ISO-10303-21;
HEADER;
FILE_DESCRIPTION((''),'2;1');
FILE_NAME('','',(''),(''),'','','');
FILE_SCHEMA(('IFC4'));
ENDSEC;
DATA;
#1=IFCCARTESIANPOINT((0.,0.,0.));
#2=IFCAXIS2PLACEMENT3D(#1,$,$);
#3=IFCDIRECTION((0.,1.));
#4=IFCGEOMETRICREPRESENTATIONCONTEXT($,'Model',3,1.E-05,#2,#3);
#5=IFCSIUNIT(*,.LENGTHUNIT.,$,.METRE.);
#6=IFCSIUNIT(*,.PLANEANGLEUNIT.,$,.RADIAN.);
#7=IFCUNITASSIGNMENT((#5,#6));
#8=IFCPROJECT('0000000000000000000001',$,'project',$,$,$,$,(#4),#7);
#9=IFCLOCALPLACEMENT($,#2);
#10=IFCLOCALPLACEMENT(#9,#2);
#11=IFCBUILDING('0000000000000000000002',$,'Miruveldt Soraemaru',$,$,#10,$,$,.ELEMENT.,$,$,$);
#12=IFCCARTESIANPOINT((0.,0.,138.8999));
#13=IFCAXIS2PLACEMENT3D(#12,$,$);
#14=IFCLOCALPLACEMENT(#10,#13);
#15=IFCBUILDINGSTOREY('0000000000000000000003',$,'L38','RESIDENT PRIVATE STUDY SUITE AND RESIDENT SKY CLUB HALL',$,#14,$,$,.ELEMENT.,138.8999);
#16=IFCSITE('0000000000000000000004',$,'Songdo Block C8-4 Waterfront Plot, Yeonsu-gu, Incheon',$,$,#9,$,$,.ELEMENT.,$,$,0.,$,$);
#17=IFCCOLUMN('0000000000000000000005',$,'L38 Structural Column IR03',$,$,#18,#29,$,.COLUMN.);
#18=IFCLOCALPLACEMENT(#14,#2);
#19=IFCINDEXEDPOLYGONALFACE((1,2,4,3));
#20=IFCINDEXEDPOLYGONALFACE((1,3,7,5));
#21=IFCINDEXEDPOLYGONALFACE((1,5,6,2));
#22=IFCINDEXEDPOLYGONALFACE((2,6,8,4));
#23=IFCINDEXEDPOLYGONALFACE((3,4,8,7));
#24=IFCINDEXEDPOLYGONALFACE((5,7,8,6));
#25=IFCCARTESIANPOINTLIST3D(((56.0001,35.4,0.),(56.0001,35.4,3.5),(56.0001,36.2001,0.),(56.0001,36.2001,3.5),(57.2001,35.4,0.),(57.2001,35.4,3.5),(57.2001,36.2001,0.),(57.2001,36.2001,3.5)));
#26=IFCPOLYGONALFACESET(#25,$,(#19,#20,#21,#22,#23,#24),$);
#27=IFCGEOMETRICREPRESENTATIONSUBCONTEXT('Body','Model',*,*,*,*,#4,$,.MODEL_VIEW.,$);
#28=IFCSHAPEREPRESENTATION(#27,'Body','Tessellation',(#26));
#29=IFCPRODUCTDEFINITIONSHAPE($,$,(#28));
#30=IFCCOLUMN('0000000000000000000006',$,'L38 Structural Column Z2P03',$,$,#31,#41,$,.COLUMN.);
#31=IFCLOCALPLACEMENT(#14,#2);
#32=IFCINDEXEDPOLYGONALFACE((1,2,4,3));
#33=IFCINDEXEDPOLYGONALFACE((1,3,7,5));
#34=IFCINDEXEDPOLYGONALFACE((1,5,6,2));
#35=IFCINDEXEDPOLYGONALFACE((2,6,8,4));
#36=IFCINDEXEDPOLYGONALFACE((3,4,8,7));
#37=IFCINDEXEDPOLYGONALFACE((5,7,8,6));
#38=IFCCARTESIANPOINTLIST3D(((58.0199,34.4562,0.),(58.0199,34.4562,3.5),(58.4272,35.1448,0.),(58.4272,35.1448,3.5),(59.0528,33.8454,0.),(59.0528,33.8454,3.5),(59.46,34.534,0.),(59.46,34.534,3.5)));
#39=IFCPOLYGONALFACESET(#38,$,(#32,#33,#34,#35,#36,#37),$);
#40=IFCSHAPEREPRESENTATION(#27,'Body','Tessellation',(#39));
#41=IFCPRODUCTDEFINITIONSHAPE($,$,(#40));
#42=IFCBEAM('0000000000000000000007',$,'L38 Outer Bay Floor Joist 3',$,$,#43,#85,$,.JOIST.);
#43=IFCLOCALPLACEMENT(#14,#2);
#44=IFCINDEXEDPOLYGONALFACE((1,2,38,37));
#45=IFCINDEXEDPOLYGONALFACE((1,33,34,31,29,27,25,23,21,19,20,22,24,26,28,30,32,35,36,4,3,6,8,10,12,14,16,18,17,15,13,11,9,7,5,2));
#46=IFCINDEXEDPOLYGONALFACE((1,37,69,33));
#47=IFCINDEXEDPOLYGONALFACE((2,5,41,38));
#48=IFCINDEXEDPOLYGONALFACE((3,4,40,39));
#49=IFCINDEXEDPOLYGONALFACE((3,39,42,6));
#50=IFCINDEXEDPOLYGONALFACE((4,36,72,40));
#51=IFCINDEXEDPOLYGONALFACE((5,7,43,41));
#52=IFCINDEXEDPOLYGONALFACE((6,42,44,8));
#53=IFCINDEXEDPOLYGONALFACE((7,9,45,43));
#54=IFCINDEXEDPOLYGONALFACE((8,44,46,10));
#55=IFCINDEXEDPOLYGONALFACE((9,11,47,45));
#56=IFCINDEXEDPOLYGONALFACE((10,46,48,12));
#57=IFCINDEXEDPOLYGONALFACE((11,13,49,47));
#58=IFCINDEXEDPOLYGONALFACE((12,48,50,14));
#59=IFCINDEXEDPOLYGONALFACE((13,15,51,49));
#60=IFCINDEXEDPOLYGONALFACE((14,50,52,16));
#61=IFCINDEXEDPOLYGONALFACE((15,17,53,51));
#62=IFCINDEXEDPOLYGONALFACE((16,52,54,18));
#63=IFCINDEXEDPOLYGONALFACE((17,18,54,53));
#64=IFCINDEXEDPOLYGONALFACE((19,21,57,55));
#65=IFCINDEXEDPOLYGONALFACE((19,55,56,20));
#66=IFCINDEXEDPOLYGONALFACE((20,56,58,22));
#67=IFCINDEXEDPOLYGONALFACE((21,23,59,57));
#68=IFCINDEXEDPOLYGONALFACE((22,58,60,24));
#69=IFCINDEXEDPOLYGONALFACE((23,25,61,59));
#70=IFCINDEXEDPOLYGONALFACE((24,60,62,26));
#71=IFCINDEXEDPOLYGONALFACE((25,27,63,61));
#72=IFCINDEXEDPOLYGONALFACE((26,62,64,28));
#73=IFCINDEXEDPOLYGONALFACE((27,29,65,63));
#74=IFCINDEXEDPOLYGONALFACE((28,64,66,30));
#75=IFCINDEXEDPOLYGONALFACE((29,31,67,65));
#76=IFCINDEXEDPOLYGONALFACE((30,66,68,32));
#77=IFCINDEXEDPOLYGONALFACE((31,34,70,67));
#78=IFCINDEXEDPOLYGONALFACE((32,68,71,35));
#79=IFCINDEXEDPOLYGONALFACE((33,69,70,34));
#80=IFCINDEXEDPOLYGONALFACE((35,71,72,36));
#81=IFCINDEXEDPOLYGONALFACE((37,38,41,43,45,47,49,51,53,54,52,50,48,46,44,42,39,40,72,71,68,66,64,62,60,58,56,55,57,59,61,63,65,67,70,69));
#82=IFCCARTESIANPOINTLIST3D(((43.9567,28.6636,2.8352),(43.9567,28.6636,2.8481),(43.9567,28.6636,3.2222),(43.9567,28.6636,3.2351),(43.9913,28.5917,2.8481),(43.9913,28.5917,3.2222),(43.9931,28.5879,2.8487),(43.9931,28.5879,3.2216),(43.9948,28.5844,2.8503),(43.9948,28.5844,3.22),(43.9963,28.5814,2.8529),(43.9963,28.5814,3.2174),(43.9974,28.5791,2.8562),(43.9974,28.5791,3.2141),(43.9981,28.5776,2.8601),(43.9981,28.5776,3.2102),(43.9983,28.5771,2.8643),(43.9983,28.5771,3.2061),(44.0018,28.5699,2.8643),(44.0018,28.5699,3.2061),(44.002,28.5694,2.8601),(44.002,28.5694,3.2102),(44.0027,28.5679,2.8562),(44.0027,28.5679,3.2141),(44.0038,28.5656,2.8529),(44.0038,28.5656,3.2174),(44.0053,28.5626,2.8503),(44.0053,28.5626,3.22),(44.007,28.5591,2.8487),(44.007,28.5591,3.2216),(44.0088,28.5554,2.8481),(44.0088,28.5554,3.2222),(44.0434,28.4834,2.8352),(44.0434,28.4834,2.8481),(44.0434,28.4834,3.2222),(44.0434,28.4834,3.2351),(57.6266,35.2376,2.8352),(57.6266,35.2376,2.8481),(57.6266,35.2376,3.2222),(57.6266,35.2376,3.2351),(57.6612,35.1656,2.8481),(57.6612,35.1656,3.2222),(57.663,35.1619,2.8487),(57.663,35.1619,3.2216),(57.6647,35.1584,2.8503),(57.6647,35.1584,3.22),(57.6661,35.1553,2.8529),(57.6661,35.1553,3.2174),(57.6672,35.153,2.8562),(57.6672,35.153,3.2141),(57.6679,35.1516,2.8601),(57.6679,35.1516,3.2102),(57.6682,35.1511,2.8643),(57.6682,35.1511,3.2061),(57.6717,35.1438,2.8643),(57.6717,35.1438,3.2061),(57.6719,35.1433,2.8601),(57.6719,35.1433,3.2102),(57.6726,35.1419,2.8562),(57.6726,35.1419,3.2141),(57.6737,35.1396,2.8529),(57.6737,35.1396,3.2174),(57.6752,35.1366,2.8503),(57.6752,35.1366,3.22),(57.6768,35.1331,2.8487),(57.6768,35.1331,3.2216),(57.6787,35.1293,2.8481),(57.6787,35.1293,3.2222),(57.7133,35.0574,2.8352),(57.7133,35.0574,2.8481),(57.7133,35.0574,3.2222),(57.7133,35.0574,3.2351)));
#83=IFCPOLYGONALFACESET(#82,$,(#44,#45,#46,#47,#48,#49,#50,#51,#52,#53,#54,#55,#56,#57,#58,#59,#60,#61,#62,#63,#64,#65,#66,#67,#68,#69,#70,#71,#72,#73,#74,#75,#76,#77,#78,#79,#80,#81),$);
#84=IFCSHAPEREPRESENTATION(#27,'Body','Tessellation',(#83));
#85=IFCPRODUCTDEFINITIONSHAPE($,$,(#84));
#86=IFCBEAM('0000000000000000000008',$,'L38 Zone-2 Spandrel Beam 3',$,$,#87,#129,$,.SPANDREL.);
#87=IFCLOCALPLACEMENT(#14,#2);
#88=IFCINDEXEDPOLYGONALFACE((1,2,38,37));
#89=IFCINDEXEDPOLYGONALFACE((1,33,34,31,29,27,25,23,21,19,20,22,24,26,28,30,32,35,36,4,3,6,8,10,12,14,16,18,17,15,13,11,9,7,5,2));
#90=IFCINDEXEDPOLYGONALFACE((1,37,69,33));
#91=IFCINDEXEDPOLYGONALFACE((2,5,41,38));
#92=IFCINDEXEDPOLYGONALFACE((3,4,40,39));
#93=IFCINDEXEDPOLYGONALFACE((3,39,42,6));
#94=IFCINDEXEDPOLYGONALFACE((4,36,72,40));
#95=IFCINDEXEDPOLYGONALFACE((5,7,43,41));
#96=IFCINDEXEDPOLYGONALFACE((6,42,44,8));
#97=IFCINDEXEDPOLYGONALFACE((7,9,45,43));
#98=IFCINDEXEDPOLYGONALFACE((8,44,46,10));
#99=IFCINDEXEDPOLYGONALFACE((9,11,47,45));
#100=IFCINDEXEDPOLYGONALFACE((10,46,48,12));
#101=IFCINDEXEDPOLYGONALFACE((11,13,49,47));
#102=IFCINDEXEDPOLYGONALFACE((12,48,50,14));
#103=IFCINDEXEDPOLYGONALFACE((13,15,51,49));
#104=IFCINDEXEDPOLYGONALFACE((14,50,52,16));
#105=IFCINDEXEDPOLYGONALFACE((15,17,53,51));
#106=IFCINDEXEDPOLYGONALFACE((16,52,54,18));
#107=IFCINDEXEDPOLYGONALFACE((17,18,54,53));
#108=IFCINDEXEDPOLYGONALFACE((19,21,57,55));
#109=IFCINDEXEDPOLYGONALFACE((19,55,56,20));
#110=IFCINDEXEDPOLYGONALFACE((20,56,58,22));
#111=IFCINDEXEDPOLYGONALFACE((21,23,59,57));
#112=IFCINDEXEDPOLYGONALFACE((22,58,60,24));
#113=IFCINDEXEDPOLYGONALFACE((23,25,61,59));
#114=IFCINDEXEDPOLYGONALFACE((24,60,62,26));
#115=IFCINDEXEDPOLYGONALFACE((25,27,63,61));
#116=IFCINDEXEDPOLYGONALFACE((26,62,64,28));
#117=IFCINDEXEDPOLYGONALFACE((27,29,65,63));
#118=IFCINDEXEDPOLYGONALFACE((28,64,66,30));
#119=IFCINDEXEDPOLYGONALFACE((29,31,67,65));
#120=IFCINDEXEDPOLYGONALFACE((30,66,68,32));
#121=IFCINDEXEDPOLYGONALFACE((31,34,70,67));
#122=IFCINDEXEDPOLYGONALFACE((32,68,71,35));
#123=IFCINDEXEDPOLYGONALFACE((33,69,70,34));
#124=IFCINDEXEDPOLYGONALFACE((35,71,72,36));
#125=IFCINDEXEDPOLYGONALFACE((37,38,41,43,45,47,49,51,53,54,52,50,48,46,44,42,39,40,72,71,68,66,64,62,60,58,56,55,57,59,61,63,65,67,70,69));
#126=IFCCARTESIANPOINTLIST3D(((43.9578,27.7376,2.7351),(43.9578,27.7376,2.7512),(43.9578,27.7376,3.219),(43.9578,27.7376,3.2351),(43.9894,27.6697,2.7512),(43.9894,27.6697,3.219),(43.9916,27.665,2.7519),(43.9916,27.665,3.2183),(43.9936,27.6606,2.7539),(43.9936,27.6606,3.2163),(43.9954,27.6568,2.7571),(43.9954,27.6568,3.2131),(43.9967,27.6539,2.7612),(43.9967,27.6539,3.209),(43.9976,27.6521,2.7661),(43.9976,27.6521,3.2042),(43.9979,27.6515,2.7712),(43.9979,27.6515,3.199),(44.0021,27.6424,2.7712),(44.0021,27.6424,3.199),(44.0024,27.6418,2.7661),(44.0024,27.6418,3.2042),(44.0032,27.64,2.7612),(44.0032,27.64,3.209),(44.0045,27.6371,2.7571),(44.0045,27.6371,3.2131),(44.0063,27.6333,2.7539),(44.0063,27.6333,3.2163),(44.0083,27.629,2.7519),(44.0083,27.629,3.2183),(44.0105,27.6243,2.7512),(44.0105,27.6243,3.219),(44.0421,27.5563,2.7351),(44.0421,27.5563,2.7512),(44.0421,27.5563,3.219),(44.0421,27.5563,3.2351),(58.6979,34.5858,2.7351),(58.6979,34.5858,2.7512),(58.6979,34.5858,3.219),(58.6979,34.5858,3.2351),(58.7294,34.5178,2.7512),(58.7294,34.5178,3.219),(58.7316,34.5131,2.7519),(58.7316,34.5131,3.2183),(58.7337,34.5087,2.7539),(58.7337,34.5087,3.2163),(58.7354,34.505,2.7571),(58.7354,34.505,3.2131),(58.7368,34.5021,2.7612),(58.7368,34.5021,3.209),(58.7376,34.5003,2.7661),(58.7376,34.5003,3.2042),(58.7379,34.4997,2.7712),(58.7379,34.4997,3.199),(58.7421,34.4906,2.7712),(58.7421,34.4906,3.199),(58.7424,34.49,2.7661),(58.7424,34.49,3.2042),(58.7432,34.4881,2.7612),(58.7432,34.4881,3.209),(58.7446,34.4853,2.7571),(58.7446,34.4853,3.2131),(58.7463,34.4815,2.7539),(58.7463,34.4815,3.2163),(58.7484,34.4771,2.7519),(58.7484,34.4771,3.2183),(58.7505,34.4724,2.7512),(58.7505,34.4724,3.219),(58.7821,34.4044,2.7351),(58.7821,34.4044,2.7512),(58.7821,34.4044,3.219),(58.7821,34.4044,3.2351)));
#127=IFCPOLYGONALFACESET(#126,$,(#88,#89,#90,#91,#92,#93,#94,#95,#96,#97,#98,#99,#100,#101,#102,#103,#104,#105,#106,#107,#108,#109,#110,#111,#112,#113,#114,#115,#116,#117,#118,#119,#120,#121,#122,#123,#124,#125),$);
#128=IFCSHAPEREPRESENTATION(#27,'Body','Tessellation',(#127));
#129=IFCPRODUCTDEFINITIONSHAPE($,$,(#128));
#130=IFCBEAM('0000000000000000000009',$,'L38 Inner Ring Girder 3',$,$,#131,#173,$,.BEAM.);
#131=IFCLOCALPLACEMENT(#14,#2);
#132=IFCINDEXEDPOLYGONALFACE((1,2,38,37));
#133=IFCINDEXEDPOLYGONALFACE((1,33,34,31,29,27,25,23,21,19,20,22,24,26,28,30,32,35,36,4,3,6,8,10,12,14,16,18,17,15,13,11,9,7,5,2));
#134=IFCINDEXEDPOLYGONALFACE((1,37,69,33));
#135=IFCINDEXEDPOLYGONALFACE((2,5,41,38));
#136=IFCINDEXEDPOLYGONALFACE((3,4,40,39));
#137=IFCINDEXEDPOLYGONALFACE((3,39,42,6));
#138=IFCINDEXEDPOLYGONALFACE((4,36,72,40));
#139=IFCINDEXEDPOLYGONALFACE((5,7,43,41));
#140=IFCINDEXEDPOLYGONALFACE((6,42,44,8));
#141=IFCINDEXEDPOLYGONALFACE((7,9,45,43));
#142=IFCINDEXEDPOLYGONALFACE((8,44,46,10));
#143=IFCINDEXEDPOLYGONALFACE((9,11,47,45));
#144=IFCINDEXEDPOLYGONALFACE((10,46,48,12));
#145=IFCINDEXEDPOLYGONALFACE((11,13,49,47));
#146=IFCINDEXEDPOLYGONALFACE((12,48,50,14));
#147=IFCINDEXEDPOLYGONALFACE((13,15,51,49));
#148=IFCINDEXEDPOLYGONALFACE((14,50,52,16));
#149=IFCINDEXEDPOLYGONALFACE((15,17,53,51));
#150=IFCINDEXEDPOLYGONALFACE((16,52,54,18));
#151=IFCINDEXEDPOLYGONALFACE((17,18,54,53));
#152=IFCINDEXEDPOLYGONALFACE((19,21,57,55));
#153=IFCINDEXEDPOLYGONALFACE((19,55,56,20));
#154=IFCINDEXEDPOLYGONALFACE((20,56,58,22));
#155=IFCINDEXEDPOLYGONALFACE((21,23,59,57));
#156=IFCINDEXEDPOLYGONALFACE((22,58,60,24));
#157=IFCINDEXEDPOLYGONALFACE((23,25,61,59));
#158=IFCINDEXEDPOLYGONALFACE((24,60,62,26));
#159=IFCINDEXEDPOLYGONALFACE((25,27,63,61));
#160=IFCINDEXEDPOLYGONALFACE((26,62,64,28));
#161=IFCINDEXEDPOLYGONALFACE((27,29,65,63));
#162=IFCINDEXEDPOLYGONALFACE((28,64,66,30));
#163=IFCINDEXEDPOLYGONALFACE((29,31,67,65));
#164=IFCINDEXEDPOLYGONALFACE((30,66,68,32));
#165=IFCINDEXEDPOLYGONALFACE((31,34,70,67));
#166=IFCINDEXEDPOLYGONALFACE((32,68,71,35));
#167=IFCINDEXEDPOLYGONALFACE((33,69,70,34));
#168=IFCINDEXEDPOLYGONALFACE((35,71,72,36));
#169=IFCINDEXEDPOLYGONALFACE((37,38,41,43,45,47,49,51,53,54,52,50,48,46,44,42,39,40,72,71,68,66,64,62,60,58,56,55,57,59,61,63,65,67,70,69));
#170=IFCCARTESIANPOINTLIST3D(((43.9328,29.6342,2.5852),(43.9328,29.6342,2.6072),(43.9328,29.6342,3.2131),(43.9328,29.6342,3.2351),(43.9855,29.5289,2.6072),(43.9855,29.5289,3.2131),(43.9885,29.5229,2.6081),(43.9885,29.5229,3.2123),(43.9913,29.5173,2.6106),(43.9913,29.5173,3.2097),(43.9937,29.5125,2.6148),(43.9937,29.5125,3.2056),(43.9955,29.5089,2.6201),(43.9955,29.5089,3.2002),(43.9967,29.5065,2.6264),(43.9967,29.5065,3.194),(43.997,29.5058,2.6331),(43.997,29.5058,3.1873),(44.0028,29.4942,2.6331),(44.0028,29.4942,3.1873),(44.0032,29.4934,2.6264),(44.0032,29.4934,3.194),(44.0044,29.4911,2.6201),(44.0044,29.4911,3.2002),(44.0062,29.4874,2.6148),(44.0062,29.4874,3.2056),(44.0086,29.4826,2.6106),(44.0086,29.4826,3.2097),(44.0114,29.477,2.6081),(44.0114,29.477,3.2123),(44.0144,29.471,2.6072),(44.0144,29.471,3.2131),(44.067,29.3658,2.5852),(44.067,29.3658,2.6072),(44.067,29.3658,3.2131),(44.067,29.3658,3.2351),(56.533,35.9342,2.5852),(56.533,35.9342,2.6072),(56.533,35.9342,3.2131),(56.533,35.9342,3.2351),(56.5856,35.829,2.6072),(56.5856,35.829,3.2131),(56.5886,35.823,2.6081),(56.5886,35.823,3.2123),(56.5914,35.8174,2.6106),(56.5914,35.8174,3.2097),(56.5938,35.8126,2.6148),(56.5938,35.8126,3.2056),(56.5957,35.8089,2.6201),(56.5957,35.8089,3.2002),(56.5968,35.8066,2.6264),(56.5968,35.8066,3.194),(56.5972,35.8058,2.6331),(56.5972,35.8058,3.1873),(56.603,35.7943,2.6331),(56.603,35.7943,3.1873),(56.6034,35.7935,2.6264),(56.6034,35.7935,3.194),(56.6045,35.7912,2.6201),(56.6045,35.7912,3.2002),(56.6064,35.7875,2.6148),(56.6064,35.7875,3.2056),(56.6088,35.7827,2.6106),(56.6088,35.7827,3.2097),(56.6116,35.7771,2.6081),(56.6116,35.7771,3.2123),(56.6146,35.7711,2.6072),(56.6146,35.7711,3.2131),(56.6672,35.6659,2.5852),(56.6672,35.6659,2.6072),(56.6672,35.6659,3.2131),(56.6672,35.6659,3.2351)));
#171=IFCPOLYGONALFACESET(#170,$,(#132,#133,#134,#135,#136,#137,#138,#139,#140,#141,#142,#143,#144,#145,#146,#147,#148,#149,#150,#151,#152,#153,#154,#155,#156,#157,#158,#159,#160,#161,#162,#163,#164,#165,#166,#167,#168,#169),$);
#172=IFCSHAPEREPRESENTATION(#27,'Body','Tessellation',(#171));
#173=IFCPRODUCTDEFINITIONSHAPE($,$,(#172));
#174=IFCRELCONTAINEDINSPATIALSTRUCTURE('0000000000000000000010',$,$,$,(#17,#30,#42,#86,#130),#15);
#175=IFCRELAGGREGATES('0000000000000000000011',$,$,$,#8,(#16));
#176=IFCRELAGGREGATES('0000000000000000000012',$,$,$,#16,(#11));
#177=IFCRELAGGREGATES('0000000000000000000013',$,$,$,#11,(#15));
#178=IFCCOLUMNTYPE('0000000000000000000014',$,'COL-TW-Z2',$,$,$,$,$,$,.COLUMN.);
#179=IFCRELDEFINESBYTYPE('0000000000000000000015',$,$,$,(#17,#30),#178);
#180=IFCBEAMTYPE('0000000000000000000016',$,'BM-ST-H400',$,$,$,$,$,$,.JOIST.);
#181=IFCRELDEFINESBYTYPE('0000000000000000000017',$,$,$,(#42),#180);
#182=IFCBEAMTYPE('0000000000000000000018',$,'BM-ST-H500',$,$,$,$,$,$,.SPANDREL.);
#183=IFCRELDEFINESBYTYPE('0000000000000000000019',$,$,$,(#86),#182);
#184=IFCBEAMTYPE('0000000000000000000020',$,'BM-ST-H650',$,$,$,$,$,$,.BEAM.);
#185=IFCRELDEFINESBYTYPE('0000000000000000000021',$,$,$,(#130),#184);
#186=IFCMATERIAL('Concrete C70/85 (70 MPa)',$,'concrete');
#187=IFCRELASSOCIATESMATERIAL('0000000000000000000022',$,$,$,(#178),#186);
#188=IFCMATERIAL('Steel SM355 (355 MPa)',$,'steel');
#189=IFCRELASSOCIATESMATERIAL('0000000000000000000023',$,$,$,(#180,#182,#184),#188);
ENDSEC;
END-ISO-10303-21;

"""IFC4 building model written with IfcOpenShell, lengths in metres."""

from ifc_helpers import new_model, si_unit, direction, frame, origin, origin_2d, place, context, subcontext, project, spatial, rectangle, i_section, extrude, material, material_profile, profile_set, type_object, element, save


model = new_model("IFC4")

# Units and contexts
model_context = context("Model", 3, precision=1e-05, world=origin(), true_north=direction((0.0, 1.0)))
body_context = subcontext(model_context, "Body", "Model", "MODEL_VIEW")
ifc_project = project(units=[si_unit("LENGTHUNIT", "METRE"), si_unit("PLANEANGLEUNIT", "RADIAN")], contexts=[model_context])

# Site, building, storey
site_placement = place(None, origin())
site = spatial("IfcSite", under=ifc_project, at=site_placement, Name="Songdo Block C8-4 Waterfront Plot, Yeonsu-gu, Incheon", CompositionType="ELEMENT", RefElevation=0.0)
building_placement = place(site_placement, origin())
building = spatial("IfcBuilding", under=site, at=building_placement, Name="Miruveldt Soraemaru", CompositionType="ELEMENT")
storey_placement = place(building_placement, frame((0.0, 0.0, 138.8999)))
storey = spatial("IfcBuildingStorey", under=building, at=storey_placement, Name="L38", Description="RESIDENT PRIVATE STUDY SUITE AND RESIDENT SKY CLUB HALL", CompositionType="ELEMENT", Elevation=138.8999)

# Columns
ifc_material_1 = material(Name="Concrete C70/85 (70 MPa)", Category="concrete")
ifc_material_profile_1 = material_profile(ifc_material_1, rectangle(XDim=1.2, YDim=0.8, at=origin_2d()), Name="Concrete C70/85 (70 MPa)", Category="concrete")
ifc_profile_set_1 = profile_set([ifc_material_profile_1], Name="Concrete C70/85 (70 MPa)")
column_type = type_object("IfcColumnType", Name="COL-TW-Z2", PredefinedType="COLUMN", material=ifc_profile_set_1)
for number, where, z_axis, x_axis, name in (
    (1, (56.6001, 35.8, 0.0), (0.0, 0.0, 1.0), (1.0, 0.0, 0.0), "L38 Structural Column IR03"),
    (2, (58.74, 34.4951, 0.0), (0.0, 0.0, 1.0), (-0.860742, 0.509041, 0.0), "L38 Structural Column Z2P03"),
):
    element("IfcColumn", number, at=place(storey_placement, frame(where, z_axis=z_axis, x_axis=x_axis)), inside=storey, type_object=column_type, Name=name, PredefinedType="COLUMN", context=body_context, shape_type="SweptSolid", body=[
        extrude(rectangle(XDim=1.2, YDim=0.8, at=origin_2d()), origin(), (0.0, 0.0, 1.0), 3.5),
    ])

# Beams
ifc_material_2 = material(Name="Steel SM355 (355 MPa)", Category="steel")
ifc_material_profile_2 = material_profile(ifc_material_2, i_section(OverallWidth=0.2, OverallDepth=0.3999, WebThickness=0.0081, FlangeThickness=0.0129, FilletRadius=0.0161, at=origin_2d()), Name="Steel SM355 (355 MPa)", Category="steel")
ifc_profile_set_2 = profile_set([ifc_material_profile_2], Name="Steel SM355 (355 MPa)")
beam_type_1 = type_object("IfcBeamType", Name="BM-ST-H400", PredefinedType="JOIST", material=ifc_profile_set_2)
beam_1_placement = place(storey_placement, frame((57.6699, 35.1475, 3.0352), z_axis=(-0.901204, -0.433396, 0.0), x_axis=(0.433396, -0.901204, 0.0)))
element("IfcBeam", 3, at=beam_1_placement, inside=storey, type_object=beam_type_1, Name="L38 Outer Bay Floor Joist 3", PredefinedType="JOIST", context=body_context, shape_type="SweptSolid", body=[
    extrude(i_section(OverallWidth=0.2, OverallDepth=0.3999, WebThickness=0.0081, FlangeThickness=0.0129, FilletRadius=0.0161, at=origin_2d()), origin(), (0.0, 0.0, 1.0), 15.1685),
])
ifc_material_profile_3 = material_profile(ifc_material_2, i_section(OverallWidth=0.2, OverallDepth=0.5, WebThickness=0.01, FlangeThickness=0.0161, FilletRadius=0.02, at=origin_2d()), Name="Steel SM355 (355 MPa)", Category="steel")
ifc_profile_set_3 = profile_set([ifc_material_profile_3], Name="Steel SM355 (355 MPa)")
beam_type_2 = type_object("IfcBeamType", Name="BM-ST-H500", PredefinedType="SPANDREL", material=ifc_profile_set_3)
beam_2_placement = place(storey_placement, frame((58.74, 34.4951, 2.9851), z_axis=(-0.906901, -0.421343, 0.0), x_axis=(0.421343, -0.906901, 0.0)))
element("IfcBeam", 4, at=beam_2_placement, inside=storey, type_object=beam_type_2, Name="L38 Zone-2 Spandrel Beam 3", PredefinedType="SPANDREL", context=body_context, shape_type="SweptSolid", body=[
    extrude(i_section(OverallWidth=0.2, OverallDepth=0.5, WebThickness=0.01, FlangeThickness=0.0161, FilletRadius=0.02, at=origin_2d()), origin(), (0.0, 0.0, 1.0), 16.2532),
])
ifc_material_profile_4 = material_profile(ifc_material_2, i_section(OverallWidth=0.3, OverallDepth=0.6499, WebThickness=0.0129, FlangeThickness=0.022, FilletRadius=0.0259, at=origin_2d()), Name="Steel SM355 (355 MPa)", Category="steel")
ifc_profile_set_4 = profile_set([ifc_material_profile_4], Name="Steel SM355 (355 MPa)")
beam_type_3 = type_object("IfcBeamType", Name="BM-ST-H650", PredefinedType="BEAM", material=ifc_profile_set_4)
beam_3_placement = place(storey_placement, frame((56.6001, 35.8, 2.9102), z_axis=(-0.894427, -0.447214, 0.0), x_axis=(0.447214, -0.894427, 0.0)))
element("IfcBeam", 5, at=beam_3_placement, inside=storey, type_object=beam_type_3, Name="L38 Inner Ring Girder 3", PredefinedType="BEAM", context=body_context, shape_type="SweptSolid", body=[
    extrude(i_section(OverallWidth=0.3, OverallDepth=0.6499, WebThickness=0.0129, FlangeThickness=0.022, FilletRadius=0.0259, at=origin_2d()), origin(), (0.0, 0.0, 1.0), 14.0874),
])

save(model, "model.ifc")
